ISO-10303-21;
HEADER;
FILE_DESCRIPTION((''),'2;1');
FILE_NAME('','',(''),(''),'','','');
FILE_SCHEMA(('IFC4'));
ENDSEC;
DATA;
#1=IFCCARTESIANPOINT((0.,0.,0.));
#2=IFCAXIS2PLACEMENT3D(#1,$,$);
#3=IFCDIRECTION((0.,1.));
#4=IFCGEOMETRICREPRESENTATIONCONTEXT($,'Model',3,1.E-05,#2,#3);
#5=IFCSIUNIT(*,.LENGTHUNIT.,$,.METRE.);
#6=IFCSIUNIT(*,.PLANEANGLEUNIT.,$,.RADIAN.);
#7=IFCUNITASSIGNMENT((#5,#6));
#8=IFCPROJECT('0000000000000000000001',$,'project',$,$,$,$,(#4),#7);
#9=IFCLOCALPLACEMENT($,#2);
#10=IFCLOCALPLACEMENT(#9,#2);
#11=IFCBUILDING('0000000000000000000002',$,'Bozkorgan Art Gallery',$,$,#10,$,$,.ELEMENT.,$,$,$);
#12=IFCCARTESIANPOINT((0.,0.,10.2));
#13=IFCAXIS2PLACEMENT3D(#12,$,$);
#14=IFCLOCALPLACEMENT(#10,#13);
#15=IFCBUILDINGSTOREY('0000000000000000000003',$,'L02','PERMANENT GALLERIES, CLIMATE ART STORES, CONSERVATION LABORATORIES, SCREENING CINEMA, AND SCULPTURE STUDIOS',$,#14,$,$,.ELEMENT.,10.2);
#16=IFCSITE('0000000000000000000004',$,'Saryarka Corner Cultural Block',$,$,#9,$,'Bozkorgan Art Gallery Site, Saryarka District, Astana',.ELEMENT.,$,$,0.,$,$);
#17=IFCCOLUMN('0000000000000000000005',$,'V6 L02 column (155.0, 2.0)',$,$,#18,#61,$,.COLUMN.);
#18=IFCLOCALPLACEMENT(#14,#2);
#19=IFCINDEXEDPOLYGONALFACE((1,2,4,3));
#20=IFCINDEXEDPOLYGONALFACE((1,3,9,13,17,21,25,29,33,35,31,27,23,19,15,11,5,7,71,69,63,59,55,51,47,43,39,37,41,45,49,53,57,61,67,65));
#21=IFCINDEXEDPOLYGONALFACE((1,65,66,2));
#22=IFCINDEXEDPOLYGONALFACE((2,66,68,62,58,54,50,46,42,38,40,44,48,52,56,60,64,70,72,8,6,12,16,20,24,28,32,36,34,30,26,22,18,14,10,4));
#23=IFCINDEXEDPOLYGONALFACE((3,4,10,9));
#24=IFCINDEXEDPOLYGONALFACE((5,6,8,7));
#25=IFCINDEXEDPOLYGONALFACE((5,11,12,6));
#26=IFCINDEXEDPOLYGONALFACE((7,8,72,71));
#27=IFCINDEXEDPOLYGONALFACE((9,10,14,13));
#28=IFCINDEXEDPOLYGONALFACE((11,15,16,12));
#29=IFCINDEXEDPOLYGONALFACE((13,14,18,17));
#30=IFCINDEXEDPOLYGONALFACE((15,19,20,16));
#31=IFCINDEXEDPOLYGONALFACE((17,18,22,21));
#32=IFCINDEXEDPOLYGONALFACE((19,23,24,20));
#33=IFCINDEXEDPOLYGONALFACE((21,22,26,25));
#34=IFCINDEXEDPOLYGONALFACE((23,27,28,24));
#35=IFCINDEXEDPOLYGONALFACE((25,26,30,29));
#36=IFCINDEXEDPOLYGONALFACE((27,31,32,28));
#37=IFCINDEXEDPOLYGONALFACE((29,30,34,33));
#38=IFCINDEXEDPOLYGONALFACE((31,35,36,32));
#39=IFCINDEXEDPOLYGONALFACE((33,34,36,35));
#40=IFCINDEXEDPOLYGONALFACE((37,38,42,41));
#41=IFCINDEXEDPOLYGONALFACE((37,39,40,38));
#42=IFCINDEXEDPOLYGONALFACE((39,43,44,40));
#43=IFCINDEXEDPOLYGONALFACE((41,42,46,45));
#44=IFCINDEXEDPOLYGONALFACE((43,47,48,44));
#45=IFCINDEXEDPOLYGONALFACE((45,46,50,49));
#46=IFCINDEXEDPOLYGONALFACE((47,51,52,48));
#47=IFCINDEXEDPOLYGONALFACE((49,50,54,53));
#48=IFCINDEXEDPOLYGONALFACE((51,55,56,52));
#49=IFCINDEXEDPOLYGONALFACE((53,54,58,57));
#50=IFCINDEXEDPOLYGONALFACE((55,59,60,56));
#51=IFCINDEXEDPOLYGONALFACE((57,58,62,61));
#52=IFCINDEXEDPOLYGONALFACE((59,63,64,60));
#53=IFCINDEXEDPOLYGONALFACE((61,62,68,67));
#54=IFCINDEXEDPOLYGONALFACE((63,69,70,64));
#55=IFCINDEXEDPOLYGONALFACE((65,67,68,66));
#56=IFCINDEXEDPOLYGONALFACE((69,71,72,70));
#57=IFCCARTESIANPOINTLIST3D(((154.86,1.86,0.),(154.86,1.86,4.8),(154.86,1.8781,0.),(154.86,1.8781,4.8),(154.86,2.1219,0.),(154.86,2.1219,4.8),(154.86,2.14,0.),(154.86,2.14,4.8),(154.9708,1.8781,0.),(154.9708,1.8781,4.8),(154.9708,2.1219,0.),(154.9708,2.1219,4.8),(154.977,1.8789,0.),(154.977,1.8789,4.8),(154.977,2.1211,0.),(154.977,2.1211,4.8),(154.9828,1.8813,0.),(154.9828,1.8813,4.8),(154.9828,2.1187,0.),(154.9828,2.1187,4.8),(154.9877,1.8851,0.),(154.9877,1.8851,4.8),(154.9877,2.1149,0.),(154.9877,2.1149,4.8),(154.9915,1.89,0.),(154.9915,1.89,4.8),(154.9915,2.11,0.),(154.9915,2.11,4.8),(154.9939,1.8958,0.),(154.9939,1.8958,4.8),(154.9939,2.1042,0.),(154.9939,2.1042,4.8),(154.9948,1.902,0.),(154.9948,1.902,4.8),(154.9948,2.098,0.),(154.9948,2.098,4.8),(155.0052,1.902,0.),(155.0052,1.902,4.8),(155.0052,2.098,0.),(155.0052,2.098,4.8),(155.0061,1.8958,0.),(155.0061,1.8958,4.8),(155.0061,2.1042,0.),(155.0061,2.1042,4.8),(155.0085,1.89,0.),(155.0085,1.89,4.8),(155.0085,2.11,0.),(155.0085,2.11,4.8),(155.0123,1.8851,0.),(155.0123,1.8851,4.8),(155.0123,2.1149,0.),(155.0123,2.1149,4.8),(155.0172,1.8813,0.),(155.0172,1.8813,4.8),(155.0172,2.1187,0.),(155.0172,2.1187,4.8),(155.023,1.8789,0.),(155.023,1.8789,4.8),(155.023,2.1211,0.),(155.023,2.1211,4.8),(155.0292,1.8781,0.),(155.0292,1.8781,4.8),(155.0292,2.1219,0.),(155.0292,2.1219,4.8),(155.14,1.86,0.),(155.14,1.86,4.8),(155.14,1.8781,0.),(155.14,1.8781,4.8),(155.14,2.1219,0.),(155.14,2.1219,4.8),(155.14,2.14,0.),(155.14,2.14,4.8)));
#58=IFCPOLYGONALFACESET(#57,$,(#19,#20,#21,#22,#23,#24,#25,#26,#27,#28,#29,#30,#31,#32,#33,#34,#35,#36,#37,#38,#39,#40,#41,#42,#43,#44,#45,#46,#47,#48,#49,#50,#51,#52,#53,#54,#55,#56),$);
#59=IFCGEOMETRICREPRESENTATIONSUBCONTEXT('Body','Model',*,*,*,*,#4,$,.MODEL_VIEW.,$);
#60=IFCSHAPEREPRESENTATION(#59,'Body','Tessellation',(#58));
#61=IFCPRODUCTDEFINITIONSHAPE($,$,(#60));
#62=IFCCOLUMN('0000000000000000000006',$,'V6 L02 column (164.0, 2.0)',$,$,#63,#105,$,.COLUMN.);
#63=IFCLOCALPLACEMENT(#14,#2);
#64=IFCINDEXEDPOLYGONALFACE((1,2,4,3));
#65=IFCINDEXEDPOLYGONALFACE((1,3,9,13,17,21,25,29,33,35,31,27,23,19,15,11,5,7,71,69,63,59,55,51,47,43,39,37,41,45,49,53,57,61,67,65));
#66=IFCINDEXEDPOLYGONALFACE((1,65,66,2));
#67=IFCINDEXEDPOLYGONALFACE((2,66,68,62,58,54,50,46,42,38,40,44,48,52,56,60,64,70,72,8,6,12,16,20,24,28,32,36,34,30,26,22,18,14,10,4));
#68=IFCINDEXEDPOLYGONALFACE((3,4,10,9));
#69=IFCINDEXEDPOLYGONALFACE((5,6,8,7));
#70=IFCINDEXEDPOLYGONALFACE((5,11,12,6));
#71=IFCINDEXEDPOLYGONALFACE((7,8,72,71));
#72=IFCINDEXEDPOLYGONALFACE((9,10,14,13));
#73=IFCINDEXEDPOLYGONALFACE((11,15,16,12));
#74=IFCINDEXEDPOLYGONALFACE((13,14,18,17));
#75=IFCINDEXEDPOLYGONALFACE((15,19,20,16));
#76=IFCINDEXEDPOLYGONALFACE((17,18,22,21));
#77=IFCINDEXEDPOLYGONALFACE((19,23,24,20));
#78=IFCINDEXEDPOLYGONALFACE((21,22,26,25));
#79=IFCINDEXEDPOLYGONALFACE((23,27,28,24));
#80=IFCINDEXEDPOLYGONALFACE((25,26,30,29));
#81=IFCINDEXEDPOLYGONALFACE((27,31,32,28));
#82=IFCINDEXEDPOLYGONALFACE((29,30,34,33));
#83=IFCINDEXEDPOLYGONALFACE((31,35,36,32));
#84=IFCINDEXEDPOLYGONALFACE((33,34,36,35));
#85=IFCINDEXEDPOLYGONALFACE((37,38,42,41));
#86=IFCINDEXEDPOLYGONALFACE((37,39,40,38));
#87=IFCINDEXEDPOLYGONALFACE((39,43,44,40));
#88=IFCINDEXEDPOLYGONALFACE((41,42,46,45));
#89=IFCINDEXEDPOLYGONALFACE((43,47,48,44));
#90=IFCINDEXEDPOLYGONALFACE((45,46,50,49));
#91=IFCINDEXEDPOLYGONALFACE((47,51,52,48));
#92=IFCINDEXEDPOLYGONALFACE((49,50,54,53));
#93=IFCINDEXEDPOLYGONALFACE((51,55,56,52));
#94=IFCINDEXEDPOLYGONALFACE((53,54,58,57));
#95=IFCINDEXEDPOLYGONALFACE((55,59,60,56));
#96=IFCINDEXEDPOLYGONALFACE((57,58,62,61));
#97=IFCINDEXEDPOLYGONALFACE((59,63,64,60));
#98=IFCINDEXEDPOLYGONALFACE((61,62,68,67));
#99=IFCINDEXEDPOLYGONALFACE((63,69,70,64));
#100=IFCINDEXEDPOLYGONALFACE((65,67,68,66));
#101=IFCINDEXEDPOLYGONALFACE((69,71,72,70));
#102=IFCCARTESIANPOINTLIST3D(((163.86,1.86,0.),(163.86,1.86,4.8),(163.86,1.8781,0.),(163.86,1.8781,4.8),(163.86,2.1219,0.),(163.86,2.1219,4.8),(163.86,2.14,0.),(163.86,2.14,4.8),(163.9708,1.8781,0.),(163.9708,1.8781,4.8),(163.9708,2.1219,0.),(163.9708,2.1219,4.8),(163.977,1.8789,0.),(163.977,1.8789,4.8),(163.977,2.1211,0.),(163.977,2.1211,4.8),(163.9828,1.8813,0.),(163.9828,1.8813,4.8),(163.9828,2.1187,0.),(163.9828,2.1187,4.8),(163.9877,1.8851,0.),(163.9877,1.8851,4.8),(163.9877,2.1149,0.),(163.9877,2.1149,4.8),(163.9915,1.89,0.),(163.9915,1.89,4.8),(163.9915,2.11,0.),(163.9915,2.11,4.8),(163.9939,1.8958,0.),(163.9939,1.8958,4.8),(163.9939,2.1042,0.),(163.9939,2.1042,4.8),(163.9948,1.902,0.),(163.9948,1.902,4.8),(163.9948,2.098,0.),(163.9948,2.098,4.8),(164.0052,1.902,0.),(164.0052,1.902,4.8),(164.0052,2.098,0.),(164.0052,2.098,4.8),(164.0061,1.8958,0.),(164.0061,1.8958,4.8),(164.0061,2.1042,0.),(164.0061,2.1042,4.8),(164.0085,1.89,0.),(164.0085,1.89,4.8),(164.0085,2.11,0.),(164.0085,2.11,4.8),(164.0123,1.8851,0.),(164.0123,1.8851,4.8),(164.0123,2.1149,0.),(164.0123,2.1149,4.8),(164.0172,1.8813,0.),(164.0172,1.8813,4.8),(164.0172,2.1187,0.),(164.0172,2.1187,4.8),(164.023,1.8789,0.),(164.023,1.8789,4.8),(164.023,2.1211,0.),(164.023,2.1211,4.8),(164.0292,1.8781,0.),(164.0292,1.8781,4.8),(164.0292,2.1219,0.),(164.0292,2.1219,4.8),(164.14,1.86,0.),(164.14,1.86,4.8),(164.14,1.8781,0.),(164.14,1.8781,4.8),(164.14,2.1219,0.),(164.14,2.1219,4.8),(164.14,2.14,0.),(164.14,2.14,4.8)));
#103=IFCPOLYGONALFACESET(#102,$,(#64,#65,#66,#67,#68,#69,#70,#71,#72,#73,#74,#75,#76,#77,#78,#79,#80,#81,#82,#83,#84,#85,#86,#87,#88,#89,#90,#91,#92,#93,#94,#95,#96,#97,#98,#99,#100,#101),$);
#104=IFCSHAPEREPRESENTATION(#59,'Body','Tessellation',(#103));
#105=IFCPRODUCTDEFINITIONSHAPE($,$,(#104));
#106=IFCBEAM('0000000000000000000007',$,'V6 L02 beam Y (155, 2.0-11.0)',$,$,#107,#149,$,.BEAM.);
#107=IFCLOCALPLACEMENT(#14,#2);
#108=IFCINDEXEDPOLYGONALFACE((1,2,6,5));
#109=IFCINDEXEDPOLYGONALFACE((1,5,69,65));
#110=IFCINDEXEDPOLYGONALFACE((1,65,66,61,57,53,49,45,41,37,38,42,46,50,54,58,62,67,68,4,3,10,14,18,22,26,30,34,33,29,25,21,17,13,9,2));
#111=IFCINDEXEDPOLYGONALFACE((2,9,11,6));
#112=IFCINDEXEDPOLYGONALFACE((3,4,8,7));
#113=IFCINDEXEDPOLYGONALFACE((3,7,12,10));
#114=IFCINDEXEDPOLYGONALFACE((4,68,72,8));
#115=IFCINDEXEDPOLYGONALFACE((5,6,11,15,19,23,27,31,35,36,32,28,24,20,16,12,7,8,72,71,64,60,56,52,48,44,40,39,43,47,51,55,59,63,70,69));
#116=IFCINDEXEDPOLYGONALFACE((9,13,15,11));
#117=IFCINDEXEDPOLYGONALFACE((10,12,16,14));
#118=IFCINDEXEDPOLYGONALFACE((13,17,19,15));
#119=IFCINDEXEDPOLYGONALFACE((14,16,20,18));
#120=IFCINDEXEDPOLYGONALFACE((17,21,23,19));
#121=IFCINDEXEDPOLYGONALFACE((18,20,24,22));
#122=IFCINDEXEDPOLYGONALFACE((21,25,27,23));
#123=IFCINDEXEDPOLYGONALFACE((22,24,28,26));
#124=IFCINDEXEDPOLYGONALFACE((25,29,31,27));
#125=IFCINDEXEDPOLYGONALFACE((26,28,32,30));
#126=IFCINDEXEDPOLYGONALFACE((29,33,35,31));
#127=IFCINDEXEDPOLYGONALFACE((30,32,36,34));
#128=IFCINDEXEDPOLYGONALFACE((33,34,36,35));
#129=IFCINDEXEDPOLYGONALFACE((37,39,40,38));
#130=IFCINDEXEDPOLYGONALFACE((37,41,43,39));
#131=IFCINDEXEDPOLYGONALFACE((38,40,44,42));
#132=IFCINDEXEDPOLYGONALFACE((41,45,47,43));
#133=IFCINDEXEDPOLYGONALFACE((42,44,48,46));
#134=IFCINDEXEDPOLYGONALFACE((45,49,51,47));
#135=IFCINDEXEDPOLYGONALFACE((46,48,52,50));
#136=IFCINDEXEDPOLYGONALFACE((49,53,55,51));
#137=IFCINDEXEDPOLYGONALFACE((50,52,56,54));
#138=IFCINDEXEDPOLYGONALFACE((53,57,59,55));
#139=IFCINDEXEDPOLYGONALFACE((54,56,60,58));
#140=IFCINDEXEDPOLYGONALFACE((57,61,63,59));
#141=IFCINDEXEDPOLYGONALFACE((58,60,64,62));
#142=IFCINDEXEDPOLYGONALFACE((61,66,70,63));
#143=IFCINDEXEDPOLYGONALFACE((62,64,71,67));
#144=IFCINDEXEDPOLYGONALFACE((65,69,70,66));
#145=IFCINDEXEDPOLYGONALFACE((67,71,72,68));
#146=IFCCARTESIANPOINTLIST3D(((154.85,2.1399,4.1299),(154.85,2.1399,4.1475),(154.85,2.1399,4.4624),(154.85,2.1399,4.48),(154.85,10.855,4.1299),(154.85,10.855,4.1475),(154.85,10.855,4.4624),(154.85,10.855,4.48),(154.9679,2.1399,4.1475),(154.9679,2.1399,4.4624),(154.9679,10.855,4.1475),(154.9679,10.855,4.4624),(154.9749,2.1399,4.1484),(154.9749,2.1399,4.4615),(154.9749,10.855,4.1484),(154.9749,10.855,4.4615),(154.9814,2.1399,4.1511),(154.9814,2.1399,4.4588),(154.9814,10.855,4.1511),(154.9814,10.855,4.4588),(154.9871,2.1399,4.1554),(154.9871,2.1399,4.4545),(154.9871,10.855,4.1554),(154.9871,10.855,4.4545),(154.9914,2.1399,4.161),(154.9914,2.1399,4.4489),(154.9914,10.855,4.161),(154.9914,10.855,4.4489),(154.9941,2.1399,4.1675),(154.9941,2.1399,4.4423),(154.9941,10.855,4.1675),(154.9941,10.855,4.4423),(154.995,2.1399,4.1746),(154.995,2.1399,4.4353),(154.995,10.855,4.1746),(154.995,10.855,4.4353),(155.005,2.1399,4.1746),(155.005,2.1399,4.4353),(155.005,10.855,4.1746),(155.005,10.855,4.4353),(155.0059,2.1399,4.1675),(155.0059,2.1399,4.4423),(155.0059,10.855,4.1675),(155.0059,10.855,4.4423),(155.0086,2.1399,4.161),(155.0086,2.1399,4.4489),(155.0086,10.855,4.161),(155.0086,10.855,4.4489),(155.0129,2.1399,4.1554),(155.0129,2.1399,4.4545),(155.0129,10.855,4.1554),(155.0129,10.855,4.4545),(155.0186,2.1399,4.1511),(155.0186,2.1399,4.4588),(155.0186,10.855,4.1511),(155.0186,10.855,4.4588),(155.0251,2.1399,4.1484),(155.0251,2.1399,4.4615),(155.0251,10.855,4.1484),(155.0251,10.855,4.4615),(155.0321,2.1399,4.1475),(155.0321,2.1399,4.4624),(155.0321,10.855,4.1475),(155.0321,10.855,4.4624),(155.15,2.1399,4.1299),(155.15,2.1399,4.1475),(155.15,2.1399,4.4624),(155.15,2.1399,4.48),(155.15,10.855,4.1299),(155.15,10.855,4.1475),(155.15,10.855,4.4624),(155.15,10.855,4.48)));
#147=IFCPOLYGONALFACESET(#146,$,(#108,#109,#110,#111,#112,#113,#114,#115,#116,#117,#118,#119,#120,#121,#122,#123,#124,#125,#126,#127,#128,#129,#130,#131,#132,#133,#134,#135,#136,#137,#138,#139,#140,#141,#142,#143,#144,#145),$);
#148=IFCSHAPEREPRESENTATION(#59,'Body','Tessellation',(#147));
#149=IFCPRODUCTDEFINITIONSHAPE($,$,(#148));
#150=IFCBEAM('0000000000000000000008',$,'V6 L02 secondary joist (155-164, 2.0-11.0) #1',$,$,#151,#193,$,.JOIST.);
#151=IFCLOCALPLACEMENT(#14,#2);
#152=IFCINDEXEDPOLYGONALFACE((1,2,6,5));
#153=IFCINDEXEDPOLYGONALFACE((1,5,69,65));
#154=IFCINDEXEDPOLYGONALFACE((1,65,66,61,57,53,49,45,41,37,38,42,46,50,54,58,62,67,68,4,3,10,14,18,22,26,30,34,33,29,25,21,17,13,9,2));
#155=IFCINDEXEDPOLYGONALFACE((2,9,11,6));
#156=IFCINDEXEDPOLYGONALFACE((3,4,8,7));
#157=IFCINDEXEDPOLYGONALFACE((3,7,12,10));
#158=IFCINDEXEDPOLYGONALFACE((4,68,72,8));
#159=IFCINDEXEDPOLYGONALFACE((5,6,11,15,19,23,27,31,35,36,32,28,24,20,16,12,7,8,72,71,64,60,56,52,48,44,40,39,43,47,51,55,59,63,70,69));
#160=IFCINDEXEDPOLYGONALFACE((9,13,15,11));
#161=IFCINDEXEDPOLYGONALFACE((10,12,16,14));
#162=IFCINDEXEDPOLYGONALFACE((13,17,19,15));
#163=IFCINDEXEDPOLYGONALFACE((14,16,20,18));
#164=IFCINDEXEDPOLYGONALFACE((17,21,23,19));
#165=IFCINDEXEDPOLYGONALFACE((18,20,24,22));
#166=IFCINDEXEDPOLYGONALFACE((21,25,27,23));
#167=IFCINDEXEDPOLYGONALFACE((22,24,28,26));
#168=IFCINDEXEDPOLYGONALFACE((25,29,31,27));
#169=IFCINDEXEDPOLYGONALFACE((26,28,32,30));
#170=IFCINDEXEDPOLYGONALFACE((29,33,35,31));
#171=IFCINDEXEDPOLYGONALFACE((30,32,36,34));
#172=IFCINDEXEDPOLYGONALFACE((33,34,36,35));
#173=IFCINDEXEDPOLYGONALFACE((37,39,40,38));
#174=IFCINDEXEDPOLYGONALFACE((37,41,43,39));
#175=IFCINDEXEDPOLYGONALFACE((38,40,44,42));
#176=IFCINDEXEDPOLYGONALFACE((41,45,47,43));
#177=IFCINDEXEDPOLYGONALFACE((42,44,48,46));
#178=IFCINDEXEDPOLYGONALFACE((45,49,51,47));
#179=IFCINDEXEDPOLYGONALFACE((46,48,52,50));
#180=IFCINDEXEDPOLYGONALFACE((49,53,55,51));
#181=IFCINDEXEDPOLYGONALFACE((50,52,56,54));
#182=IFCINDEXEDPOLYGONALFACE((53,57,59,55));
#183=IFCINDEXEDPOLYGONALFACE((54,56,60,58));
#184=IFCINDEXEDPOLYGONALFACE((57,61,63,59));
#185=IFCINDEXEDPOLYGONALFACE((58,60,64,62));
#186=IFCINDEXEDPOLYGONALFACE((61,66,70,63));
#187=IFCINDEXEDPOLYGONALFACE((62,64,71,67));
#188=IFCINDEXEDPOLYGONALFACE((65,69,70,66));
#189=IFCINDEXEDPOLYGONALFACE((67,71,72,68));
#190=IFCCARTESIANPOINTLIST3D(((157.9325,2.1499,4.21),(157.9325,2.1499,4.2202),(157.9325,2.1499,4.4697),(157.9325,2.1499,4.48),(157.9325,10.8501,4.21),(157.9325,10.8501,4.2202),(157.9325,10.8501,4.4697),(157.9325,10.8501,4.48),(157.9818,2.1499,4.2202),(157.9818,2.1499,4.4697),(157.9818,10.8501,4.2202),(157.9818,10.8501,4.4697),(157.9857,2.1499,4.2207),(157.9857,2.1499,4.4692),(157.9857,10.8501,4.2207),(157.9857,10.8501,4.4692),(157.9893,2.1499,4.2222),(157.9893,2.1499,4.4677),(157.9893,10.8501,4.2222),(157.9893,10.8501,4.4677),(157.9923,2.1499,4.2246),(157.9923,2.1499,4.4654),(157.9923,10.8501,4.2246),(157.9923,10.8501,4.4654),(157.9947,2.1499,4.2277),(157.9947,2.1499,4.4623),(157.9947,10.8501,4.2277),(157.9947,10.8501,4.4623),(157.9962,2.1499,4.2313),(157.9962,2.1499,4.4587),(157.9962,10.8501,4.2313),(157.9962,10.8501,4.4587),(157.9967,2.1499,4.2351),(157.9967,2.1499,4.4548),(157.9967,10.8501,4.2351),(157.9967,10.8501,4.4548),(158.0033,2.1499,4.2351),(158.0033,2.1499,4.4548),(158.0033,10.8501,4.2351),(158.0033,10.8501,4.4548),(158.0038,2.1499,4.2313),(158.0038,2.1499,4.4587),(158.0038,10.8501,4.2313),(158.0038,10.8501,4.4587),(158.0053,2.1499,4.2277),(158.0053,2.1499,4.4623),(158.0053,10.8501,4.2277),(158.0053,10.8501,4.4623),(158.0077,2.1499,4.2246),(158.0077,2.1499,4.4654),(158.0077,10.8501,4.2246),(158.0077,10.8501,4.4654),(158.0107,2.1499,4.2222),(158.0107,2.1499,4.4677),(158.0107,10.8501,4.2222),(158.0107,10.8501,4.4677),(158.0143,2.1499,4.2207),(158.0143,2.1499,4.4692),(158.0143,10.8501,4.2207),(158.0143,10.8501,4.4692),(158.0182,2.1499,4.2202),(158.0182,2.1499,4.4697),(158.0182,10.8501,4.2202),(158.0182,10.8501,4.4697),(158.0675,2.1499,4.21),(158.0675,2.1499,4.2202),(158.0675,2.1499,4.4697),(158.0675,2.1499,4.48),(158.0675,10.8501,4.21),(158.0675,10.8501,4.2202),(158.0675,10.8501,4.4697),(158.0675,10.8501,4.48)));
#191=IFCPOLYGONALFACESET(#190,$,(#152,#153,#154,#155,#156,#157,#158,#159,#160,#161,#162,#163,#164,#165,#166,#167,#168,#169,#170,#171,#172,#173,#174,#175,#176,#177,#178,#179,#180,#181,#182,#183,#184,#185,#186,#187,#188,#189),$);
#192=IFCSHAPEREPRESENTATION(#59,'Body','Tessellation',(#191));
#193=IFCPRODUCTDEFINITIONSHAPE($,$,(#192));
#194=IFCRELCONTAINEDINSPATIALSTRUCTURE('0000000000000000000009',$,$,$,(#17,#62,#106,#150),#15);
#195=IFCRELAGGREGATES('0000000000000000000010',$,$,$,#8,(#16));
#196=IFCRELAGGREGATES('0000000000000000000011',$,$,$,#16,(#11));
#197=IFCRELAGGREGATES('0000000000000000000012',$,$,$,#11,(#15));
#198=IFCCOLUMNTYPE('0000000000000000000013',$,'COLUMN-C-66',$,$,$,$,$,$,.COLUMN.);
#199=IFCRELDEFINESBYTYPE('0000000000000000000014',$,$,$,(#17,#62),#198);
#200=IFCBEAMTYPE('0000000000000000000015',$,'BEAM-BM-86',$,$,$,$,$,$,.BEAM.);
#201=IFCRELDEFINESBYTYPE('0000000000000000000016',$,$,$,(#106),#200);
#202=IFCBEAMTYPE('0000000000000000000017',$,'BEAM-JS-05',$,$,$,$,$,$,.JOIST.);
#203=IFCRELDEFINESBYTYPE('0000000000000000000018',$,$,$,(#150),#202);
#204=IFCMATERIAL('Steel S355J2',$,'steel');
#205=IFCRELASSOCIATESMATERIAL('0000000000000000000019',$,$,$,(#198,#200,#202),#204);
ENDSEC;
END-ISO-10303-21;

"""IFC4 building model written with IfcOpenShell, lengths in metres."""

from ifc_helpers import new_model, si_unit, direction, frame, origin, origin_2d, place, context, subcontext, project, spatial, i_section, extrude, material, material_profile, profile_set, type_object, element, save


model = new_model("IFC4")

# Units and contexts
model_context = context("Model", 3, precision=1e-05, world=origin(), true_north=direction((0.0, 1.0)))
body_context = subcontext(model_context, "Body", "Model", "MODEL_VIEW")
ifc_project = project(units=[si_unit("LENGTHUNIT", "METRE"), si_unit("PLANEANGLEUNIT", "RADIAN")], contexts=[model_context])

# Site, building, storey
site_placement = place(None, origin())
site = spatial("IfcSite", under=ifc_project, at=site_placement, Name="Saryarka Corner Cultural Block", LongName="Bozkorgan Art Gallery Site, Saryarka District, Astana", CompositionType="ELEMENT", RefElevation=0.0)
building_placement = place(site_placement, origin())
building = spatial("IfcBuilding", under=site, at=building_placement, Name="Bozkorgan Art Gallery", CompositionType="ELEMENT")
storey_placement = place(building_placement, frame((0.0, 0.0, 10.2)))
storey = spatial("IfcBuildingStorey", under=building, at=storey_placement, Name="L02", Description="PERMANENT GALLERIES, CLIMATE ART STORES, CONSERVATION LABORATORIES, SCREENING CINEMA, AND SCULPTURE STUDIOS", CompositionType="ELEMENT", Elevation=10.2)

# Columns
ifc_material_1 = material(Name="Steel S355J2", Category="steel")
ifc_material_profile_1 = material_profile(ifc_material_1, i_section(OverallWidth=0.28, OverallDepth=0.28, WebThickness=0.0105, FlangeThickness=0.0181, FilletRadius=0.0239, at=origin_2d()), Name="HEB 280")
ifc_profile_set_1 = profile_set([ifc_material_profile_1], Name="Steel S355J2")
column_type = type_object("IfcColumnType", Name="COLUMN-C-66", PredefinedType="COLUMN", material=ifc_profile_set_1)
for number, where, z_axis, x_axis, name in (
    (1, (155.0, 2.0, 0.0), (0.0, 0.0, 1.0), (1.0, 0.0, 0.0), "V6 L02 column (155.0, 2.0)"),
    (2, (164.0, 2.0, 0.0), (0.0, 0.0, 1.0), (1.0, 0.0, 0.0), "V6 L02 column (164.0, 2.0)"),
):
    element("IfcColumn", number, at=place(storey_placement, frame(where, z_axis=z_axis, x_axis=x_axis)), inside=storey, type_object=column_type, Name=name, PredefinedType="COLUMN", context=body_context, shape_type="SweptSolid", body=[
        extrude(i_section(OverallWidth=0.28, OverallDepth=0.28, WebThickness=0.0105, FlangeThickness=0.0181, FilletRadius=0.0239, at=origin_2d()), origin(), (0.0, 0.0, 1.0), 4.8),
    ])

# Beams
ifc_material_profile_2 = material_profile(ifc_material_1, i_section(OverallWidth=0.3, OverallDepth=0.3501, WebThickness=0.01, FlangeThickness=0.0176, FilletRadius=0.0271, at=origin_2d()), Name="HEA 360")
ifc_profile_set_2 = profile_set([ifc_material_profile_2], Name="Steel S355J2")
beam_type_1 = type_object("IfcBeamType", Name="BEAM-BM-86", PredefinedType="BEAM", material=ifc_profile_set_2)
beam_placement = place(storey_placement, frame((155.0, 2.1399, 4.3049), z_axis=(0.0, 1.0, 0.0), x_axis=(-1.0, 0.0, 0.0)))
element("IfcBeam", 3, at=beam_placement, inside=storey, type_object=beam_type_1, Name="V6 L02 beam Y (155, 2.0-11.0)", PredefinedType="BEAM", context=body_context, shape_type="SweptSolid", body=[
    extrude(i_section(OverallWidth=0.3, OverallDepth=0.3501, WebThickness=0.01, FlangeThickness=0.0176, FilletRadius=0.0271, at=origin_2d()), origin(), (0.0, 0.0, 1.0), 8.7151),
])
ifc_material_profile_3 = material_profile(ifc_material_1, i_section(OverallWidth=0.135, OverallDepth=0.27, WebThickness=0.0066, FlangeThickness=0.0103, FilletRadius=0.0149, at=origin_2d()), Name="IPE 270")
ifc_profile_set_3 = profile_set([ifc_material_profile_3], Name="Steel S355J2")
beam_type_2 = type_object("IfcBeamType", Name="BEAM-JS-05", PredefinedType="JOIST", material=ifc_profile_set_3)
for number, where, z_axis, x_axis, name in (
    (4, (158.0, 2.1499, 4.345), (0.0, 1.0, 0.0), (-1.0, 0.0, 0.0), "V6 L02 secondary joist (155-164, 2.0-11.0) #1"),
):
    element("IfcBeam", number, at=place(storey_placement, frame(where, z_axis=z_axis, x_axis=x_axis)), inside=storey, type_object=beam_type_2, Name=name, PredefinedType="JOIST", context=body_context, shape_type="SweptSolid", body=[
        extrude(i_section(OverallWidth=0.135, OverallDepth=0.27, WebThickness=0.0066, FlangeThickness=0.0103, FilletRadius=0.0149, at=origin_2d()), origin(), (0.0, 0.0, 1.0), 8.7002),
    ])

save(model, "model.ifc")
